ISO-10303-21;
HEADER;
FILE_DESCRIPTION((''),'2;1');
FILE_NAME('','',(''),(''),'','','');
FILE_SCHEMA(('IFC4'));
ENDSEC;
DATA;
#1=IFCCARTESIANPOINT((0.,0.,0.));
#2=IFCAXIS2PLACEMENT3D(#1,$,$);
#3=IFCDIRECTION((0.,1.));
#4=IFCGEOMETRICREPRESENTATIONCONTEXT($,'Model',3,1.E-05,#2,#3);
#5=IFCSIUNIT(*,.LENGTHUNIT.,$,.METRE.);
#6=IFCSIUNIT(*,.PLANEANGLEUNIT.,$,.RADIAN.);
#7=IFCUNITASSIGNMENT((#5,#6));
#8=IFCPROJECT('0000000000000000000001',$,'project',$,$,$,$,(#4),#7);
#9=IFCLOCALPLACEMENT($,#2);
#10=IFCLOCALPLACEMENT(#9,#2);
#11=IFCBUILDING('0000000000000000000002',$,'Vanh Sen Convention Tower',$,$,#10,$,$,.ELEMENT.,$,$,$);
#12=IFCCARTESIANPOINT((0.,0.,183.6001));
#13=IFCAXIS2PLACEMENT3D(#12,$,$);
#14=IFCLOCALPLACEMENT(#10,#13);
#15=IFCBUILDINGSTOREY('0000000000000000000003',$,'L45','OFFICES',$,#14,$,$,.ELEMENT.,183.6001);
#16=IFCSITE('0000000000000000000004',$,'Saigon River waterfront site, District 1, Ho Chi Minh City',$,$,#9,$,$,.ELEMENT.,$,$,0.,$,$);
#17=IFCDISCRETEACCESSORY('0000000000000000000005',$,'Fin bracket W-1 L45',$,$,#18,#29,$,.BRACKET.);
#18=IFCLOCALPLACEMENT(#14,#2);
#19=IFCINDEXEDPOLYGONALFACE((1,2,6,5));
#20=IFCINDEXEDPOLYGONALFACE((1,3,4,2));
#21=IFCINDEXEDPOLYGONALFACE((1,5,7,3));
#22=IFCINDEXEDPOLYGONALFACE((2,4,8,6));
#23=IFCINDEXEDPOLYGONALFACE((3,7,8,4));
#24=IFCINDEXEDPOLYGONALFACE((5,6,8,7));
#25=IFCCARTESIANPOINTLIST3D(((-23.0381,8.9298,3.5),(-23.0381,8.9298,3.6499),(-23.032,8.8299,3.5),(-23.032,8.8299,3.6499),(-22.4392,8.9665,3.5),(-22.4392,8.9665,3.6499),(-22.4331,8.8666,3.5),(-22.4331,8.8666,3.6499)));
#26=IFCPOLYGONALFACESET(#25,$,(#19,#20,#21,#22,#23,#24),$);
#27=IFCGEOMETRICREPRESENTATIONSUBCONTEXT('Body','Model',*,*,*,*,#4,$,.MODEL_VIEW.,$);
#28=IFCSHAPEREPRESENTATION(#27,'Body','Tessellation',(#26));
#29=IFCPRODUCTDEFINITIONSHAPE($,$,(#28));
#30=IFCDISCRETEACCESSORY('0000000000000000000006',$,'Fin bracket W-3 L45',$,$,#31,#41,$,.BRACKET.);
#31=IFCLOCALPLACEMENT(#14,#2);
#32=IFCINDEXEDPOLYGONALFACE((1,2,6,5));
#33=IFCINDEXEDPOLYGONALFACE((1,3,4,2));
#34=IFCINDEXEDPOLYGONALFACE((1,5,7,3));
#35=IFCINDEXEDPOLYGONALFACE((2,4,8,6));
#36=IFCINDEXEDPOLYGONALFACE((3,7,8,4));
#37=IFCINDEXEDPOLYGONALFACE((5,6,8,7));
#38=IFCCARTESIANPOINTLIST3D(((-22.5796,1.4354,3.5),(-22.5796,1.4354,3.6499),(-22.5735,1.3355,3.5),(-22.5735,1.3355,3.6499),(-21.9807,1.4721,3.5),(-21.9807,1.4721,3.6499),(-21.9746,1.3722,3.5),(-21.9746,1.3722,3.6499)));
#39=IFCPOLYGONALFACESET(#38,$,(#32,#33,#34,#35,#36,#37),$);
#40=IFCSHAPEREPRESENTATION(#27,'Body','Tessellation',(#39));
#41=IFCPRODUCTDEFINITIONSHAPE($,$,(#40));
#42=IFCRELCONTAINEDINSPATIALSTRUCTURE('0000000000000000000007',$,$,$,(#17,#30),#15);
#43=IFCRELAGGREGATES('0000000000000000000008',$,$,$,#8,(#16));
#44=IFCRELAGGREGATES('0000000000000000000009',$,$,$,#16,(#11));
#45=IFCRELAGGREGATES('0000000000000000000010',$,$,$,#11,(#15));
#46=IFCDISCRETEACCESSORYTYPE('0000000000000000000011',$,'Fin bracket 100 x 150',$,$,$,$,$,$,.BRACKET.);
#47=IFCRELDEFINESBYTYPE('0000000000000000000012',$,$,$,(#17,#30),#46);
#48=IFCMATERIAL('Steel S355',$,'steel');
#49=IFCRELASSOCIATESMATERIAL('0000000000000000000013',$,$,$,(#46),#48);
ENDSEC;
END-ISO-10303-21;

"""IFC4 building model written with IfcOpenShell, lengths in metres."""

from ifc_helpers import new_model, si_unit, direction, frame, origin, origin_2d, place, context, subcontext, project, spatial, rectangle, extrude, material, type_object, element, save


model = new_model("IFC4")

# Units and contexts
model_context = context("Model", 3, precision=1e-05, world=origin(), true_north=direction((0.0, 1.0)))
body_context = subcontext(model_context, "Body", "Model", "MODEL_VIEW")
ifc_project = project(units=[si_unit("LENGTHUNIT", "METRE"), si_unit("PLANEANGLEUNIT", "RADIAN")], contexts=[model_context])

# Site, building, storey
site_placement = place(None, origin())
site = spatial("IfcSite", under=ifc_project, at=site_placement, Name="Saigon River waterfront site, District 1, Ho Chi Minh City", CompositionType="ELEMENT", RefElevation=0.0)
building_placement = place(site_placement, origin())
building = spatial("IfcBuilding", under=site, at=building_placement, Name="Vanh Sen Convention Tower", CompositionType="ELEMENT")
storey_placement = place(building_placement, frame((0.0, 0.0, 183.6001)))
storey = spatial("IfcBuildingStorey", under=building, at=storey_placement, Name="L45", Description="OFFICES", CompositionType="ELEMENT", Elevation=183.6001)

# Discrete accessories
ifc_material_1 = material(Name="Steel S355", Category="steel")
discrete_accessory_type = type_object("IfcDiscreteAccessoryType", Name="Fin bracket 100 x 150", PredefinedType="BRACKET", material=ifc_material_1)
for number, where, z_axis, x_axis, name in (
    (1, (-22.7356, 8.8982, 3.5), (0.0, 0.0, 1.0), (-0.998135, -0.061049, 0.0), "Fin bracket W-1 L45"),
    (2, (-22.2771, 1.4038, 3.5), (0.0, 0.0, 1.0), (-0.998135, -0.061049, 0.0), "Fin bracket W-3 L45"),
):
    element("IfcDiscreteAccessory", number, at=place(storey_placement, frame(where, z_axis=z_axis, x_axis=x_axis)), inside=storey, type_object=discrete_accessory_type, Name=name, PredefinedType="BRACKET", context=body_context, shape_type="SweptSolid", body=[
        extrude(rectangle(XDim=0.6001, YDim=0.1001, at=origin_2d()), origin(), (0.0, 0.0, 1.0), 0.1499),
    ])

save(model, "model.ifc")
